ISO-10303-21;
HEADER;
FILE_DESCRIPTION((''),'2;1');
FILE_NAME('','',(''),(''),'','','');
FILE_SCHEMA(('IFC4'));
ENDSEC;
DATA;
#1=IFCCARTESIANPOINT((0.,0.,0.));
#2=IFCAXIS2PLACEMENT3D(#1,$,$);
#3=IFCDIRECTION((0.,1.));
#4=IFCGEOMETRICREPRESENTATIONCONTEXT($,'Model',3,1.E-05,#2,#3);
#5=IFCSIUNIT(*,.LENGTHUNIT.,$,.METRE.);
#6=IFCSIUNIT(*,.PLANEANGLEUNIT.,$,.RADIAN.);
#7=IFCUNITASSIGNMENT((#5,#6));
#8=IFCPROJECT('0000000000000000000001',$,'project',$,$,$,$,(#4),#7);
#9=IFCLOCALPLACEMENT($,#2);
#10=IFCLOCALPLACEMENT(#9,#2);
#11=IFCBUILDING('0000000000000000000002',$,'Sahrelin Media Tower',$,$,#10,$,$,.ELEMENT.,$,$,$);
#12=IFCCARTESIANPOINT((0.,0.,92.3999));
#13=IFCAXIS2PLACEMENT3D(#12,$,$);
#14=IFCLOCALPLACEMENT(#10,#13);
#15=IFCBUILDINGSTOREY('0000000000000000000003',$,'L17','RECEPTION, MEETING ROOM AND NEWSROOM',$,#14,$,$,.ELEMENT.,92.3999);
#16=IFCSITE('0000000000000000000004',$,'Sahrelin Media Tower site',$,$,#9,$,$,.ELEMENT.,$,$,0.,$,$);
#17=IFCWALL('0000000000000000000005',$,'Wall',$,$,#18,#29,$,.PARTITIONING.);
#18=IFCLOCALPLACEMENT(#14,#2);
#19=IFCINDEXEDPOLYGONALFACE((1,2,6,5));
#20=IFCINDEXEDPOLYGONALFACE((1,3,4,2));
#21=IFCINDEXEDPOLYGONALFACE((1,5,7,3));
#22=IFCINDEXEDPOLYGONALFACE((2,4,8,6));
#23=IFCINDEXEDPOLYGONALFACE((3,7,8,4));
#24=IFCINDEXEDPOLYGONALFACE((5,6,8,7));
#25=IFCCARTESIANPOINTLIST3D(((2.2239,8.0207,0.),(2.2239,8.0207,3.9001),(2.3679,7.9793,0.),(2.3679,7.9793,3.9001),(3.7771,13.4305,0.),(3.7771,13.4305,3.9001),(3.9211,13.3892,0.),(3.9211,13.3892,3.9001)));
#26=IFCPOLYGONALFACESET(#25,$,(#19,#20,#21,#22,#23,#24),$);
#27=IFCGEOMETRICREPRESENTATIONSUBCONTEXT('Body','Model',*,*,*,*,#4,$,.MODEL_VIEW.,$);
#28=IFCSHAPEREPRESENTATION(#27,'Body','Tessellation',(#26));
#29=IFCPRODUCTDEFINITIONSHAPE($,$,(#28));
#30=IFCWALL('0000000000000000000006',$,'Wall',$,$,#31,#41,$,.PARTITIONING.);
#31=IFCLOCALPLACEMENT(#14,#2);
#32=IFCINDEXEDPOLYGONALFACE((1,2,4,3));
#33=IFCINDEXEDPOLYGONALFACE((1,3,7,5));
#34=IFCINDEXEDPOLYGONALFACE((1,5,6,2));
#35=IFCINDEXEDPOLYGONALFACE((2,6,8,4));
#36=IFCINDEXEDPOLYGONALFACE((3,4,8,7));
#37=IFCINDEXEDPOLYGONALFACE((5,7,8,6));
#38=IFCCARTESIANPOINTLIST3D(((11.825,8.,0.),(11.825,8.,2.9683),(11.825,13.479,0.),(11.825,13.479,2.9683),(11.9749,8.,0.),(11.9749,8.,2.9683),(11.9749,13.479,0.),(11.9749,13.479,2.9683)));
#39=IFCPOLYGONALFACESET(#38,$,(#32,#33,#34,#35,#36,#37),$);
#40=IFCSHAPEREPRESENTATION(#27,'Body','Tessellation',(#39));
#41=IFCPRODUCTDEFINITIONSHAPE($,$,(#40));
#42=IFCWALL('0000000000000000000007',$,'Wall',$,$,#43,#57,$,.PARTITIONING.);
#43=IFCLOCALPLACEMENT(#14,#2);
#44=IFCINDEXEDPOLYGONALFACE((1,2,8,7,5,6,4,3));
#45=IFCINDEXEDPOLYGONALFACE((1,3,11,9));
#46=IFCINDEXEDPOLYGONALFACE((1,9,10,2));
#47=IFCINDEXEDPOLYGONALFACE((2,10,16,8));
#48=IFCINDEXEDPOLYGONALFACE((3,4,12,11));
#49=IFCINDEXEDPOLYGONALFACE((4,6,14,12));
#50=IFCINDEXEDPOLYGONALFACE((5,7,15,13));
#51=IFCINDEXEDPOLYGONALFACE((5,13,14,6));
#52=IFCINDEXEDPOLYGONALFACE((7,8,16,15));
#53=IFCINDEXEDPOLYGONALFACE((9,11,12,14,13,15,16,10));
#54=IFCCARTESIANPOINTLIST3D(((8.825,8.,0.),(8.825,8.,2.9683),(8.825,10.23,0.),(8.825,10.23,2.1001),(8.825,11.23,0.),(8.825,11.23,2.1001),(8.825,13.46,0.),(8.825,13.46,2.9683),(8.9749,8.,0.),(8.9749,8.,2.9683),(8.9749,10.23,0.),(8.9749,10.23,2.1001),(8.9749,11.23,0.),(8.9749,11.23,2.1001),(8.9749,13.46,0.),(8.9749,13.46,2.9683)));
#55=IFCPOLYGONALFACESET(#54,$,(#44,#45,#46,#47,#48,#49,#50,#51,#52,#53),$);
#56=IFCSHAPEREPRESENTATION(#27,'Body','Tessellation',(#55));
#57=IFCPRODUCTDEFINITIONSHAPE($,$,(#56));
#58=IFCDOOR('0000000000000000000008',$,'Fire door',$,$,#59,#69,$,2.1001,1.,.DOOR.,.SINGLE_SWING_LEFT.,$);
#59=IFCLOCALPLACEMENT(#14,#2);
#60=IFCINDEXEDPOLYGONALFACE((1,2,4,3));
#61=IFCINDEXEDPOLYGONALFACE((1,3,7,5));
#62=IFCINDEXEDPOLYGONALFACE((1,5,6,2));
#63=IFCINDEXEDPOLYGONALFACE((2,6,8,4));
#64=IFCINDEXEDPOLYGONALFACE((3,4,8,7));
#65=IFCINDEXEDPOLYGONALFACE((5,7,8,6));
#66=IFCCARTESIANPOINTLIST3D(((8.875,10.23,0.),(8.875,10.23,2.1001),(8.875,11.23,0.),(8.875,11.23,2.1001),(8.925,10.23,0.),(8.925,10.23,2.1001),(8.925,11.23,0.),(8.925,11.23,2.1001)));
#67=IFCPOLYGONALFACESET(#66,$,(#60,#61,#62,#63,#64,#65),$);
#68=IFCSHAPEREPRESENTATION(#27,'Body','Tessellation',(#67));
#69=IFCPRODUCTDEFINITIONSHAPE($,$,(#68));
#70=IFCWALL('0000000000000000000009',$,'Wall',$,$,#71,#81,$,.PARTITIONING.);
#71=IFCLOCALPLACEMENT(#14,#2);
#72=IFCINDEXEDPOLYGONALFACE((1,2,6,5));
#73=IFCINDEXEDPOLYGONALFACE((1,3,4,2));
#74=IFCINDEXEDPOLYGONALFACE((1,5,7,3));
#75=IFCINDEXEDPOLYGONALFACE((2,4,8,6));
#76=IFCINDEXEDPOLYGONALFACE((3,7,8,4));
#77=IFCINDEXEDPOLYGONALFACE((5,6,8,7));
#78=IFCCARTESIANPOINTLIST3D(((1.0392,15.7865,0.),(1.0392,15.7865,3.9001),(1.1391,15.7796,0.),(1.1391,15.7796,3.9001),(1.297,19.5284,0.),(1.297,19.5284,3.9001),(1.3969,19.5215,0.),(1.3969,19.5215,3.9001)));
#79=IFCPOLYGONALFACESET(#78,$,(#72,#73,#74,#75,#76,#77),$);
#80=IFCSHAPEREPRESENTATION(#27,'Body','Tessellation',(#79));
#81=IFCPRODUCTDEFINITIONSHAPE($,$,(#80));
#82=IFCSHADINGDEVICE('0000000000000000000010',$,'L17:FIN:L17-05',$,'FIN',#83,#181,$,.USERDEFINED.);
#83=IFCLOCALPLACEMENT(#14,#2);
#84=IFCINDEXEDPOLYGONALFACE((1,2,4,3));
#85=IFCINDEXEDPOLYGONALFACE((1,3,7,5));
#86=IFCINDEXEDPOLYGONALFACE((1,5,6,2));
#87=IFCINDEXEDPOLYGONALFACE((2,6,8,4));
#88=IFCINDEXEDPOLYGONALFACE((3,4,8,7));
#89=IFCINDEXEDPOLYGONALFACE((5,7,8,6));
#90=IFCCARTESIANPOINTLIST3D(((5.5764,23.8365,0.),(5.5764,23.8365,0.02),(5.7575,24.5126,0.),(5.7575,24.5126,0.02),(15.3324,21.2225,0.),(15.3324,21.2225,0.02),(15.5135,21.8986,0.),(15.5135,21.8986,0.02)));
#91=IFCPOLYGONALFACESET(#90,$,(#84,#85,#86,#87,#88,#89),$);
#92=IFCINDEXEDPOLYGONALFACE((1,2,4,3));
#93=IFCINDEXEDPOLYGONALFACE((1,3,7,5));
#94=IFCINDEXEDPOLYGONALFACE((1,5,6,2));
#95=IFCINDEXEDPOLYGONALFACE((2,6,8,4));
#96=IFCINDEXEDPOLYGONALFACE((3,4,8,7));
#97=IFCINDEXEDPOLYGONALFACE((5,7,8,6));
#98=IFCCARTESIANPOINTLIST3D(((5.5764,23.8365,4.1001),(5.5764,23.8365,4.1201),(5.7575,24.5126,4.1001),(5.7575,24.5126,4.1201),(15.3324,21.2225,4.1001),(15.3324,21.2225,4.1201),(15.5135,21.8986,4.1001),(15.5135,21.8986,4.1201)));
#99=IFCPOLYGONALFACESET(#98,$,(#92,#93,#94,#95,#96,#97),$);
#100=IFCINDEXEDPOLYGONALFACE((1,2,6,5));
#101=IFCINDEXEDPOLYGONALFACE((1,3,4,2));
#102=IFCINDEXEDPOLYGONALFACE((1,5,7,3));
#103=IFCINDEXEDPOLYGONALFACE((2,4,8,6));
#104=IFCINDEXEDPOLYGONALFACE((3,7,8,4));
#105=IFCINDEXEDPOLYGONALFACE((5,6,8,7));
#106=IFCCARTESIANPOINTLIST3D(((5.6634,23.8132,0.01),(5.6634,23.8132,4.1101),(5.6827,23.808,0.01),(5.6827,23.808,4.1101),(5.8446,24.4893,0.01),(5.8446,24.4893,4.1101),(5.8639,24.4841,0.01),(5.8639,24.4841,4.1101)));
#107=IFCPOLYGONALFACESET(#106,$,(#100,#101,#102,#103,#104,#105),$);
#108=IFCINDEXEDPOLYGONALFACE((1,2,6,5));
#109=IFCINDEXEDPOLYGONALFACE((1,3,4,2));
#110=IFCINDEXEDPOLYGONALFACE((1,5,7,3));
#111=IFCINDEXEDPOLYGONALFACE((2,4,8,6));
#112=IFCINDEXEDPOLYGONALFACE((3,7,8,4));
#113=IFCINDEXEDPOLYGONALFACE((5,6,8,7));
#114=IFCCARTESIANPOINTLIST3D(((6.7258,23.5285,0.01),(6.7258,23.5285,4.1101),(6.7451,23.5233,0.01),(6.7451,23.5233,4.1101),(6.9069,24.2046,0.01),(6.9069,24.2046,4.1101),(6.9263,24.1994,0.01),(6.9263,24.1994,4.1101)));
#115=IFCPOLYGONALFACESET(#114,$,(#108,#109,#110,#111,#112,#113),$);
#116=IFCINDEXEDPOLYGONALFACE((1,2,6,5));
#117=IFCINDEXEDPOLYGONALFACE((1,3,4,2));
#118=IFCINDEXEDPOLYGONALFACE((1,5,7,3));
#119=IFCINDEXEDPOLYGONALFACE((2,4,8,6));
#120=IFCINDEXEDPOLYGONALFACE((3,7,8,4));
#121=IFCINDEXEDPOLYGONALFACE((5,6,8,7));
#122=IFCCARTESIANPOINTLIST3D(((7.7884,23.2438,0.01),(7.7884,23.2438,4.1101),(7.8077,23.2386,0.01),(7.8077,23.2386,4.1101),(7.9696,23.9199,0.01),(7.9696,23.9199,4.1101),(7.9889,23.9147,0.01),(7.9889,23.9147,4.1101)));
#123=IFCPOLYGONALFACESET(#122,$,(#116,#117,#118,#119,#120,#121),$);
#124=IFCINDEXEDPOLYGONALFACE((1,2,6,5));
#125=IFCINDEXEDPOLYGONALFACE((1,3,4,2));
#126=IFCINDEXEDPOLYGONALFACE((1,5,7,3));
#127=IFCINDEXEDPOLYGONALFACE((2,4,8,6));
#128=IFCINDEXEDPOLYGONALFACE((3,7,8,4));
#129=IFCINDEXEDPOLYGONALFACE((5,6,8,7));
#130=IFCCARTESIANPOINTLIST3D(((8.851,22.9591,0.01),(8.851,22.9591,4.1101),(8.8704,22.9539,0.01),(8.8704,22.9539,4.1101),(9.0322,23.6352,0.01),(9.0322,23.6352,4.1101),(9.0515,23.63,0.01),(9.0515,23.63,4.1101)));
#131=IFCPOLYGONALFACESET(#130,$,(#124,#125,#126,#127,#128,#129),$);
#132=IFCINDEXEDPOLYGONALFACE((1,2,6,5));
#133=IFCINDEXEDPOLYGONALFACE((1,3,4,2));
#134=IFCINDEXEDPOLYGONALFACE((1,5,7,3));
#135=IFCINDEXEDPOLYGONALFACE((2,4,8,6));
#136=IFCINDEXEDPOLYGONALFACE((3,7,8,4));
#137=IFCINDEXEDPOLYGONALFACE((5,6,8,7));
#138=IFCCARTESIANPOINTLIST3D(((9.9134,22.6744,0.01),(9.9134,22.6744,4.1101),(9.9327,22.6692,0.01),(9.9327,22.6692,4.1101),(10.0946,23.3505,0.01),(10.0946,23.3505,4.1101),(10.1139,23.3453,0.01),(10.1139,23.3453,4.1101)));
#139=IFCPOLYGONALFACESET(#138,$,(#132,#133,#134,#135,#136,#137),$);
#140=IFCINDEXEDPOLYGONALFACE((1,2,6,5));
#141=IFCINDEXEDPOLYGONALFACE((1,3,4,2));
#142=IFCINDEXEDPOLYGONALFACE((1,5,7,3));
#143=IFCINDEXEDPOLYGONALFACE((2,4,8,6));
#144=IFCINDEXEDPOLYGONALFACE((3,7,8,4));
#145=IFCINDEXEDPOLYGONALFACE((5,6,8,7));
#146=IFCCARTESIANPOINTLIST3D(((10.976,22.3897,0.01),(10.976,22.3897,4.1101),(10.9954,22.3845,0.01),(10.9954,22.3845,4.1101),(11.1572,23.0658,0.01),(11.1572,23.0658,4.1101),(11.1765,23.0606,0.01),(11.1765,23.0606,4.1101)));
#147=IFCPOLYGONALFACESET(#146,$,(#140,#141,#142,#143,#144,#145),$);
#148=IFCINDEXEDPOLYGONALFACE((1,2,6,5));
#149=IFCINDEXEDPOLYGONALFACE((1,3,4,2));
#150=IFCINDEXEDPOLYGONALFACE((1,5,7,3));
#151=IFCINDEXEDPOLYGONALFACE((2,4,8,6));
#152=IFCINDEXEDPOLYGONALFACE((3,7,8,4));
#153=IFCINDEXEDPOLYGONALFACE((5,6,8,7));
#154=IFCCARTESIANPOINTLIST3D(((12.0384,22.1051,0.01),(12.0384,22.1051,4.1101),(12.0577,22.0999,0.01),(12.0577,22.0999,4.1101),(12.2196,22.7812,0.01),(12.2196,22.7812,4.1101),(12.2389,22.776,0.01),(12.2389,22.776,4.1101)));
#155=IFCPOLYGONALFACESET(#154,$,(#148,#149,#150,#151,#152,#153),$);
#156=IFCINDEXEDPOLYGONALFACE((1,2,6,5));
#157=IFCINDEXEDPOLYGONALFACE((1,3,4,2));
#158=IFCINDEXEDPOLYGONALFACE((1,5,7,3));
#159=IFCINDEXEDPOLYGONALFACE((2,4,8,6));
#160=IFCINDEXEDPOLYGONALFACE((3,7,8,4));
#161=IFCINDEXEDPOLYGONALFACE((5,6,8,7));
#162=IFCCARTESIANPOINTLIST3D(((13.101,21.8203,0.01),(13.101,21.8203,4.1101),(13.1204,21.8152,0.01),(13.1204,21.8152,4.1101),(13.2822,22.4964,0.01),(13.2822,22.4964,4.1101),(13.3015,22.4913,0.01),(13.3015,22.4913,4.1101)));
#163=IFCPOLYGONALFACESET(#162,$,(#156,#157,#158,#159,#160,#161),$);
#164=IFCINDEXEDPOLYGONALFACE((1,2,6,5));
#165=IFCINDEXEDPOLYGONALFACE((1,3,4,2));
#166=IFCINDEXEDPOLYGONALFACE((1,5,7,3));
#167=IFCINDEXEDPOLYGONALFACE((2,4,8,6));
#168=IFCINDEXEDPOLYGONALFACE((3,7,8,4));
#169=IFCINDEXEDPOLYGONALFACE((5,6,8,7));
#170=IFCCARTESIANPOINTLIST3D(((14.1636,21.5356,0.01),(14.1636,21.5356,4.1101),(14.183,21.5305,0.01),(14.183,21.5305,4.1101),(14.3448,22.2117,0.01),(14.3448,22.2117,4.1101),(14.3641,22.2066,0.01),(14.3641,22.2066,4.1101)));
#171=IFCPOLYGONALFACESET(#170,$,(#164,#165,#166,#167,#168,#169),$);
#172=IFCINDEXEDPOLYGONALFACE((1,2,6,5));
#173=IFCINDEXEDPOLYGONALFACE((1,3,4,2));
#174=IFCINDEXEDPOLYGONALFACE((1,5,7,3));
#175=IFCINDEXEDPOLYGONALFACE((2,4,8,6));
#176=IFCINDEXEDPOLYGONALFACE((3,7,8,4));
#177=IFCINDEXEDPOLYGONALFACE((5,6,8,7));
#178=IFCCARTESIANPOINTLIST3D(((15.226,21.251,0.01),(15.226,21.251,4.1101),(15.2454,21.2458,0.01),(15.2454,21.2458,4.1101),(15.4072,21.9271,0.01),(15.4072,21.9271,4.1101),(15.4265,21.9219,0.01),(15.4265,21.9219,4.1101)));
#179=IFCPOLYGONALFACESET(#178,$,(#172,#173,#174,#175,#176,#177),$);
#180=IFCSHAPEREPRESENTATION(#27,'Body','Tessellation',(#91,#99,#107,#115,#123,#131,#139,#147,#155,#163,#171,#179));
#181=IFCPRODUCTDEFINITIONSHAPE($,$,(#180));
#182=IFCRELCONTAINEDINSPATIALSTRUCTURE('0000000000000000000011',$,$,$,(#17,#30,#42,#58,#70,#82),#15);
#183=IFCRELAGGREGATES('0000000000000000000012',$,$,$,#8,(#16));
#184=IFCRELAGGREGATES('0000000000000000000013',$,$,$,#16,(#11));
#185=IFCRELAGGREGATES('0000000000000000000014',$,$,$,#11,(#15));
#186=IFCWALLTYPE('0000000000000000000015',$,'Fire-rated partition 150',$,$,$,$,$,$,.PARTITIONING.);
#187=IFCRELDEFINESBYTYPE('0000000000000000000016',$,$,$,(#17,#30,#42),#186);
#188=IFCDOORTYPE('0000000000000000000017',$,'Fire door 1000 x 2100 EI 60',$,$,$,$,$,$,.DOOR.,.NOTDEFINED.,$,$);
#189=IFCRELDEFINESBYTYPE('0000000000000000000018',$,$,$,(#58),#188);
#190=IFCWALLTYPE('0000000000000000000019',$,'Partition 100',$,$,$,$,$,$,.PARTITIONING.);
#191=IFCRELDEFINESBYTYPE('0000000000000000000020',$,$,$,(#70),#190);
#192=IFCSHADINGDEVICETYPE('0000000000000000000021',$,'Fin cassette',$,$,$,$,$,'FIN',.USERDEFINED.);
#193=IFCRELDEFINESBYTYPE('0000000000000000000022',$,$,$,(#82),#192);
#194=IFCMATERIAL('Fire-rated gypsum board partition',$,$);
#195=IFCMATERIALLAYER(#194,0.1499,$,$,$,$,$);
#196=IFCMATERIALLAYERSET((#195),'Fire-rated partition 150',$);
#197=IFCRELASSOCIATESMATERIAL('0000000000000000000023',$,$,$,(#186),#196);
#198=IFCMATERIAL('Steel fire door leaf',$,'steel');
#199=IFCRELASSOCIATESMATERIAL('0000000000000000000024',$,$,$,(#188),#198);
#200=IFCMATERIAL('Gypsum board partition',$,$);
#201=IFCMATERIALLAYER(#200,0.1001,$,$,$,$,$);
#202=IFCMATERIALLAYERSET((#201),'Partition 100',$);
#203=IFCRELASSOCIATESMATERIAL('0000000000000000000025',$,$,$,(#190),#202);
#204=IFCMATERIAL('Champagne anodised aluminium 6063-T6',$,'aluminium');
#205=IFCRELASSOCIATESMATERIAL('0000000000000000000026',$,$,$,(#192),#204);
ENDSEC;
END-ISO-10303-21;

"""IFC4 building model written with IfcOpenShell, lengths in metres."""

from ifc_helpers import new_model, si_unit, direction, frame, frame_2d, origin, origin_2d, place, context, subcontext, project, spatial, rectangle, extrude, material, layer, layer_set, type_object, element, fill, save


model = new_model("IFC4")

# Units and contexts
model_context = context("Model", 3, precision=1e-05, world=origin(), true_north=direction((0.0, 1.0)))
body_context = subcontext(model_context, "Body", "Model", "MODEL_VIEW")
ifc_project = project(units=[si_unit("LENGTHUNIT", "METRE"), si_unit("PLANEANGLEUNIT", "RADIAN")], contexts=[model_context])

# Site, building, storey
site_placement = place(None, origin())
site = spatial("IfcSite", under=ifc_project, at=site_placement, Name="Sahrelin Media Tower site", CompositionType="ELEMENT", RefElevation=0.0)
building_placement = place(site_placement, origin())
building = spatial("IfcBuilding", under=site, at=building_placement, Name="Sahrelin Media Tower", CompositionType="ELEMENT")
storey_placement = place(building_placement, frame((0.0, 0.0, 92.3999)))
storey = spatial("IfcBuildingStorey", under=building, at=storey_placement, Name="L17", Description="RECEPTION, MEETING ROOM AND NEWSROOM", CompositionType="ELEMENT", Elevation=92.3999)

# Shared definitions
ifc_material_1 = material(Name="Champagne anodised aluminium 6063-T6", Category="aluminium")

# Shared definitions
ifc_material_2 = material(Name="Fire-rated gypsum board partition")
ifc_layer_1 = layer(ifc_material_2, 0.1499)
ifc_layer_set_1 = layer_set([ifc_layer_1], Name="Fire-rated partition 150")
wall_type_1 = type_object("IfcWallType", Name="Fire-rated partition 150", PredefinedType="PARTITIONING", material=ifc_layer_set_1)
ifc_material_3 = material(Name="Steel fire door leaf", Category="steel")
door_type = type_object("IfcDoorType", Name="Fire door 1000 x 2100 EI 60", OperationType="NOTDEFINED", PredefinedType="DOOR", material=ifc_material_3)

# Walls
wall_1_placement = place(storey_placement, frame((2.2959, 8.0, 0.0), z_axis=(0.0, 0.0, 1.0), x_axis=(0.275958, 0.96117, 0.0)))
element("IfcWall", 1, at=wall_1_placement, inside=storey, type_object=wall_type_1, Name="Wall", PredefinedType="PARTITIONING", context=body_context, shape_type="SweptSolid", body=[
    extrude(rectangle(XDim=5.6284, YDim=0.1499, at=frame_2d((2.8142, 0.0))), origin(), (0.0, 0.0, 1.0), 3.9001),
])
wall_2_placement = place(storey_placement, frame((11.8999, 8.0, 0.0), z_axis=(0.0, 0.0, 1.0), x_axis=(0.0, 1.0, 0.0)))
element("IfcWall", 2, at=wall_2_placement, inside=storey, type_object=wall_type_1, Name="Wall", PredefinedType="PARTITIONING", context=body_context, shape_type="SweptSolid", body=[
    extrude(rectangle(XDim=5.479, YDim=0.1499, at=frame_2d((2.7395, 0.0))), origin(), (0.0, 0.0, 1.0), 2.9683),
])

# Wall, opening, door
wall_3_placement = place(storey_placement, frame((8.8999, 8.0, 0.0), z_axis=(0.0, 0.0, 1.0), x_axis=(0.0, 1.0, 0.0)))
wall_3 = element("IfcWall", 3, at=wall_3_placement, inside=storey, type_object=wall_type_1, Name="Wall", PredefinedType="PARTITIONING", context=body_context, shape_type="SweptSolid", body=[
    extrude(rectangle(XDim=5.46, YDim=0.1499, at=frame_2d((2.73, 0.0))), origin(), (0.0, 0.0, 1.0), 2.9683),
])
opening_1_placement = place(wall_3_placement, frame((2.23, 0.0, 0.0)))
opening_1 = element("IfcOpeningElement", 4, at=opening_1_placement, cuts=wall_3, PredefinedType="OPENING", context=body_context, shape_type="SweptSolid", body=[
    extrude(rectangle(XDim=1.0, YDim=2.1001, at=frame_2d((0.5, 1.05))), frame((0.0, 0.075, 0.0), z_axis=(0.0, -1.0, 0.0), x_axis=(1.0, 0.0, 0.0)), (0.0, 0.0, 1.0), 0.1499),
])
door_1_placement = place(opening_1_placement, origin())
door_1 = element("IfcDoor", 5, at=door_1_placement, inside=storey, type_object=door_type, Name="Fire door", OperationType="SINGLE_SWING_LEFT", OverallHeight=2.1001, OverallWidth=1.0, PredefinedType="DOOR", context=body_context, shape_type="SweptSolid", body=[
    extrude(rectangle(XDim=1.0, YDim=2.1001, at=frame_2d((0.5, 1.05))), frame((0.0, 0.0249, 0.0), z_axis=(0.0, -1.0, 0.0), x_axis=(1.0, 0.0, 0.0)), (0.0, 0.0, 1.0), 0.05),
])
fill(opening_1, door_1)

# Wall
ifc_material_4 = material(Name="Gypsum board partition")
ifc_layer_2 = layer(ifc_material_4, 0.1001)
ifc_layer_set_2 = layer_set([ifc_layer_2], Name="Partition 100")
wall_type_2 = type_object("IfcWallType", Name="Partition 100", PredefinedType="PARTITIONING", material=ifc_layer_set_2)
wall_4_placement = place(storey_placement, frame((1.0891, 15.783, 0.0), z_axis=(0.0, 0.0, 1.0), x_axis=(0.068735, 0.997635, 0.0)))
element("IfcWall", 6, at=wall_4_placement, inside=storey, type_object=wall_type_2, Name="Wall", PredefinedType="PARTITIONING", context=body_context, shape_type="SweptSolid", body=[
    extrude(rectangle(XDim=3.7507, YDim=0.1001, at=frame_2d((1.8755, 0.0))), origin(), (0.0, 0.0, 1.0), 3.9001),
])

# Shading device
shading_device_type_1 = type_object("IfcShadingDeviceType", Name="Fin cassette", ElementType="FIN", PredefinedType="USERDEFINED", material=ifc_material_1)
placement_1 = place(storey_placement, frame((10.4363, 22.4619, 0.0), z_axis=(0.0, 0.0, 1.0), x_axis=(0.965929, -0.258808, 0.0)))
element("IfcShadingDevice", 7, at=placement_1, inside=storey, type_object=shading_device_type_1, Name="L17:FIN:L17-05", ObjectType="FIN", PredefinedType="USERDEFINED", context=body_context, shape_type="SweptSolid", body=[
    extrude(rectangle(XDim=10.1001, YDim=0.7, at=origin_2d()), frame((0.0, 0.4199, 0.0)), (0.0, 0.0, 1.0), 0.02),
    extrude(rectangle(XDim=10.1001, YDim=0.7, at=origin_2d()), frame((0.0, 0.4199, 4.1001)), (0.0, 0.0, 1.0), 0.02),
    extrude(rectangle(XDim=0.02, YDim=0.7, at=origin_2d()), frame((-4.95, 0.4199, 0.01), z_axis=(0.0, 0.0, 1.0), x_axis=(1.0, 0.0, 0.0)), (0.0, 0.0, 1.0), 4.1001),
    extrude(rectangle(XDim=0.02, YDim=0.7, at=origin_2d()), frame((-3.8501, 0.4199, 0.01), z_axis=(0.0, 0.0, 1.0), x_axis=(1.0, 0.0, 0.0)), (0.0, 0.0, 1.0), 4.1001),
    extrude(rectangle(XDim=0.02, YDim=0.7, at=origin_2d()), frame((-2.75, 0.4199, 0.01), z_axis=(0.0, 0.0, 1.0), x_axis=(1.0, 0.0, 0.0)), (0.0, 0.0, 1.0), 4.1001),
    extrude(rectangle(XDim=0.02, YDim=0.7, at=origin_2d()), frame((-1.6499, 0.4199, 0.01), z_axis=(0.0, 0.0, 1.0), x_axis=(1.0, 0.0, 0.0)), (0.0, 0.0, 1.0), 4.1001),
    extrude(rectangle(XDim=0.02, YDim=0.7, at=origin_2d()), frame((-0.55, 0.4199, 0.01), z_axis=(0.0, 0.0, 1.0), x_axis=(1.0, 0.0, 0.0)), (0.0, 0.0, 1.0), 4.1001),
    extrude(rectangle(XDim=0.02, YDim=0.7, at=origin_2d()), frame((0.55, 0.4199, 0.01), z_axis=(0.0, 0.0, 1.0), x_axis=(1.0, 0.0, 0.0)), (0.0, 0.0, 1.0), 4.1001),
    extrude(rectangle(XDim=0.02, YDim=0.7, at=origin_2d()), frame((1.6499, 0.4199, 0.01), z_axis=(0.0, 0.0, 1.0), x_axis=(1.0, 0.0, 0.0)), (0.0, 0.0, 1.0), 4.1001),
    extrude(rectangle(XDim=0.02, YDim=0.7, at=origin_2d()), frame((2.75, 0.4199, 0.01), z_axis=(0.0, 0.0, 1.0), x_axis=(1.0, 0.0, 0.0)), (0.0, 0.0, 1.0), 4.1001),
    extrude(rectangle(XDim=0.02, YDim=0.7, at=origin_2d()), frame((3.8501, 0.4199, 0.01), z_axis=(0.0, 0.0, 1.0), x_axis=(1.0, 0.0, 0.0)), (0.0, 0.0, 1.0), 4.1001),
    extrude(rectangle(XDim=0.02, YDim=0.7, at=origin_2d()), frame((4.95, 0.4199, 0.01), z_axis=(0.0, 0.0, 1.0), x_axis=(1.0, 0.0, 0.0)), (0.0, 0.0, 1.0), 4.1001),
])

save(model, "model.ifc")
